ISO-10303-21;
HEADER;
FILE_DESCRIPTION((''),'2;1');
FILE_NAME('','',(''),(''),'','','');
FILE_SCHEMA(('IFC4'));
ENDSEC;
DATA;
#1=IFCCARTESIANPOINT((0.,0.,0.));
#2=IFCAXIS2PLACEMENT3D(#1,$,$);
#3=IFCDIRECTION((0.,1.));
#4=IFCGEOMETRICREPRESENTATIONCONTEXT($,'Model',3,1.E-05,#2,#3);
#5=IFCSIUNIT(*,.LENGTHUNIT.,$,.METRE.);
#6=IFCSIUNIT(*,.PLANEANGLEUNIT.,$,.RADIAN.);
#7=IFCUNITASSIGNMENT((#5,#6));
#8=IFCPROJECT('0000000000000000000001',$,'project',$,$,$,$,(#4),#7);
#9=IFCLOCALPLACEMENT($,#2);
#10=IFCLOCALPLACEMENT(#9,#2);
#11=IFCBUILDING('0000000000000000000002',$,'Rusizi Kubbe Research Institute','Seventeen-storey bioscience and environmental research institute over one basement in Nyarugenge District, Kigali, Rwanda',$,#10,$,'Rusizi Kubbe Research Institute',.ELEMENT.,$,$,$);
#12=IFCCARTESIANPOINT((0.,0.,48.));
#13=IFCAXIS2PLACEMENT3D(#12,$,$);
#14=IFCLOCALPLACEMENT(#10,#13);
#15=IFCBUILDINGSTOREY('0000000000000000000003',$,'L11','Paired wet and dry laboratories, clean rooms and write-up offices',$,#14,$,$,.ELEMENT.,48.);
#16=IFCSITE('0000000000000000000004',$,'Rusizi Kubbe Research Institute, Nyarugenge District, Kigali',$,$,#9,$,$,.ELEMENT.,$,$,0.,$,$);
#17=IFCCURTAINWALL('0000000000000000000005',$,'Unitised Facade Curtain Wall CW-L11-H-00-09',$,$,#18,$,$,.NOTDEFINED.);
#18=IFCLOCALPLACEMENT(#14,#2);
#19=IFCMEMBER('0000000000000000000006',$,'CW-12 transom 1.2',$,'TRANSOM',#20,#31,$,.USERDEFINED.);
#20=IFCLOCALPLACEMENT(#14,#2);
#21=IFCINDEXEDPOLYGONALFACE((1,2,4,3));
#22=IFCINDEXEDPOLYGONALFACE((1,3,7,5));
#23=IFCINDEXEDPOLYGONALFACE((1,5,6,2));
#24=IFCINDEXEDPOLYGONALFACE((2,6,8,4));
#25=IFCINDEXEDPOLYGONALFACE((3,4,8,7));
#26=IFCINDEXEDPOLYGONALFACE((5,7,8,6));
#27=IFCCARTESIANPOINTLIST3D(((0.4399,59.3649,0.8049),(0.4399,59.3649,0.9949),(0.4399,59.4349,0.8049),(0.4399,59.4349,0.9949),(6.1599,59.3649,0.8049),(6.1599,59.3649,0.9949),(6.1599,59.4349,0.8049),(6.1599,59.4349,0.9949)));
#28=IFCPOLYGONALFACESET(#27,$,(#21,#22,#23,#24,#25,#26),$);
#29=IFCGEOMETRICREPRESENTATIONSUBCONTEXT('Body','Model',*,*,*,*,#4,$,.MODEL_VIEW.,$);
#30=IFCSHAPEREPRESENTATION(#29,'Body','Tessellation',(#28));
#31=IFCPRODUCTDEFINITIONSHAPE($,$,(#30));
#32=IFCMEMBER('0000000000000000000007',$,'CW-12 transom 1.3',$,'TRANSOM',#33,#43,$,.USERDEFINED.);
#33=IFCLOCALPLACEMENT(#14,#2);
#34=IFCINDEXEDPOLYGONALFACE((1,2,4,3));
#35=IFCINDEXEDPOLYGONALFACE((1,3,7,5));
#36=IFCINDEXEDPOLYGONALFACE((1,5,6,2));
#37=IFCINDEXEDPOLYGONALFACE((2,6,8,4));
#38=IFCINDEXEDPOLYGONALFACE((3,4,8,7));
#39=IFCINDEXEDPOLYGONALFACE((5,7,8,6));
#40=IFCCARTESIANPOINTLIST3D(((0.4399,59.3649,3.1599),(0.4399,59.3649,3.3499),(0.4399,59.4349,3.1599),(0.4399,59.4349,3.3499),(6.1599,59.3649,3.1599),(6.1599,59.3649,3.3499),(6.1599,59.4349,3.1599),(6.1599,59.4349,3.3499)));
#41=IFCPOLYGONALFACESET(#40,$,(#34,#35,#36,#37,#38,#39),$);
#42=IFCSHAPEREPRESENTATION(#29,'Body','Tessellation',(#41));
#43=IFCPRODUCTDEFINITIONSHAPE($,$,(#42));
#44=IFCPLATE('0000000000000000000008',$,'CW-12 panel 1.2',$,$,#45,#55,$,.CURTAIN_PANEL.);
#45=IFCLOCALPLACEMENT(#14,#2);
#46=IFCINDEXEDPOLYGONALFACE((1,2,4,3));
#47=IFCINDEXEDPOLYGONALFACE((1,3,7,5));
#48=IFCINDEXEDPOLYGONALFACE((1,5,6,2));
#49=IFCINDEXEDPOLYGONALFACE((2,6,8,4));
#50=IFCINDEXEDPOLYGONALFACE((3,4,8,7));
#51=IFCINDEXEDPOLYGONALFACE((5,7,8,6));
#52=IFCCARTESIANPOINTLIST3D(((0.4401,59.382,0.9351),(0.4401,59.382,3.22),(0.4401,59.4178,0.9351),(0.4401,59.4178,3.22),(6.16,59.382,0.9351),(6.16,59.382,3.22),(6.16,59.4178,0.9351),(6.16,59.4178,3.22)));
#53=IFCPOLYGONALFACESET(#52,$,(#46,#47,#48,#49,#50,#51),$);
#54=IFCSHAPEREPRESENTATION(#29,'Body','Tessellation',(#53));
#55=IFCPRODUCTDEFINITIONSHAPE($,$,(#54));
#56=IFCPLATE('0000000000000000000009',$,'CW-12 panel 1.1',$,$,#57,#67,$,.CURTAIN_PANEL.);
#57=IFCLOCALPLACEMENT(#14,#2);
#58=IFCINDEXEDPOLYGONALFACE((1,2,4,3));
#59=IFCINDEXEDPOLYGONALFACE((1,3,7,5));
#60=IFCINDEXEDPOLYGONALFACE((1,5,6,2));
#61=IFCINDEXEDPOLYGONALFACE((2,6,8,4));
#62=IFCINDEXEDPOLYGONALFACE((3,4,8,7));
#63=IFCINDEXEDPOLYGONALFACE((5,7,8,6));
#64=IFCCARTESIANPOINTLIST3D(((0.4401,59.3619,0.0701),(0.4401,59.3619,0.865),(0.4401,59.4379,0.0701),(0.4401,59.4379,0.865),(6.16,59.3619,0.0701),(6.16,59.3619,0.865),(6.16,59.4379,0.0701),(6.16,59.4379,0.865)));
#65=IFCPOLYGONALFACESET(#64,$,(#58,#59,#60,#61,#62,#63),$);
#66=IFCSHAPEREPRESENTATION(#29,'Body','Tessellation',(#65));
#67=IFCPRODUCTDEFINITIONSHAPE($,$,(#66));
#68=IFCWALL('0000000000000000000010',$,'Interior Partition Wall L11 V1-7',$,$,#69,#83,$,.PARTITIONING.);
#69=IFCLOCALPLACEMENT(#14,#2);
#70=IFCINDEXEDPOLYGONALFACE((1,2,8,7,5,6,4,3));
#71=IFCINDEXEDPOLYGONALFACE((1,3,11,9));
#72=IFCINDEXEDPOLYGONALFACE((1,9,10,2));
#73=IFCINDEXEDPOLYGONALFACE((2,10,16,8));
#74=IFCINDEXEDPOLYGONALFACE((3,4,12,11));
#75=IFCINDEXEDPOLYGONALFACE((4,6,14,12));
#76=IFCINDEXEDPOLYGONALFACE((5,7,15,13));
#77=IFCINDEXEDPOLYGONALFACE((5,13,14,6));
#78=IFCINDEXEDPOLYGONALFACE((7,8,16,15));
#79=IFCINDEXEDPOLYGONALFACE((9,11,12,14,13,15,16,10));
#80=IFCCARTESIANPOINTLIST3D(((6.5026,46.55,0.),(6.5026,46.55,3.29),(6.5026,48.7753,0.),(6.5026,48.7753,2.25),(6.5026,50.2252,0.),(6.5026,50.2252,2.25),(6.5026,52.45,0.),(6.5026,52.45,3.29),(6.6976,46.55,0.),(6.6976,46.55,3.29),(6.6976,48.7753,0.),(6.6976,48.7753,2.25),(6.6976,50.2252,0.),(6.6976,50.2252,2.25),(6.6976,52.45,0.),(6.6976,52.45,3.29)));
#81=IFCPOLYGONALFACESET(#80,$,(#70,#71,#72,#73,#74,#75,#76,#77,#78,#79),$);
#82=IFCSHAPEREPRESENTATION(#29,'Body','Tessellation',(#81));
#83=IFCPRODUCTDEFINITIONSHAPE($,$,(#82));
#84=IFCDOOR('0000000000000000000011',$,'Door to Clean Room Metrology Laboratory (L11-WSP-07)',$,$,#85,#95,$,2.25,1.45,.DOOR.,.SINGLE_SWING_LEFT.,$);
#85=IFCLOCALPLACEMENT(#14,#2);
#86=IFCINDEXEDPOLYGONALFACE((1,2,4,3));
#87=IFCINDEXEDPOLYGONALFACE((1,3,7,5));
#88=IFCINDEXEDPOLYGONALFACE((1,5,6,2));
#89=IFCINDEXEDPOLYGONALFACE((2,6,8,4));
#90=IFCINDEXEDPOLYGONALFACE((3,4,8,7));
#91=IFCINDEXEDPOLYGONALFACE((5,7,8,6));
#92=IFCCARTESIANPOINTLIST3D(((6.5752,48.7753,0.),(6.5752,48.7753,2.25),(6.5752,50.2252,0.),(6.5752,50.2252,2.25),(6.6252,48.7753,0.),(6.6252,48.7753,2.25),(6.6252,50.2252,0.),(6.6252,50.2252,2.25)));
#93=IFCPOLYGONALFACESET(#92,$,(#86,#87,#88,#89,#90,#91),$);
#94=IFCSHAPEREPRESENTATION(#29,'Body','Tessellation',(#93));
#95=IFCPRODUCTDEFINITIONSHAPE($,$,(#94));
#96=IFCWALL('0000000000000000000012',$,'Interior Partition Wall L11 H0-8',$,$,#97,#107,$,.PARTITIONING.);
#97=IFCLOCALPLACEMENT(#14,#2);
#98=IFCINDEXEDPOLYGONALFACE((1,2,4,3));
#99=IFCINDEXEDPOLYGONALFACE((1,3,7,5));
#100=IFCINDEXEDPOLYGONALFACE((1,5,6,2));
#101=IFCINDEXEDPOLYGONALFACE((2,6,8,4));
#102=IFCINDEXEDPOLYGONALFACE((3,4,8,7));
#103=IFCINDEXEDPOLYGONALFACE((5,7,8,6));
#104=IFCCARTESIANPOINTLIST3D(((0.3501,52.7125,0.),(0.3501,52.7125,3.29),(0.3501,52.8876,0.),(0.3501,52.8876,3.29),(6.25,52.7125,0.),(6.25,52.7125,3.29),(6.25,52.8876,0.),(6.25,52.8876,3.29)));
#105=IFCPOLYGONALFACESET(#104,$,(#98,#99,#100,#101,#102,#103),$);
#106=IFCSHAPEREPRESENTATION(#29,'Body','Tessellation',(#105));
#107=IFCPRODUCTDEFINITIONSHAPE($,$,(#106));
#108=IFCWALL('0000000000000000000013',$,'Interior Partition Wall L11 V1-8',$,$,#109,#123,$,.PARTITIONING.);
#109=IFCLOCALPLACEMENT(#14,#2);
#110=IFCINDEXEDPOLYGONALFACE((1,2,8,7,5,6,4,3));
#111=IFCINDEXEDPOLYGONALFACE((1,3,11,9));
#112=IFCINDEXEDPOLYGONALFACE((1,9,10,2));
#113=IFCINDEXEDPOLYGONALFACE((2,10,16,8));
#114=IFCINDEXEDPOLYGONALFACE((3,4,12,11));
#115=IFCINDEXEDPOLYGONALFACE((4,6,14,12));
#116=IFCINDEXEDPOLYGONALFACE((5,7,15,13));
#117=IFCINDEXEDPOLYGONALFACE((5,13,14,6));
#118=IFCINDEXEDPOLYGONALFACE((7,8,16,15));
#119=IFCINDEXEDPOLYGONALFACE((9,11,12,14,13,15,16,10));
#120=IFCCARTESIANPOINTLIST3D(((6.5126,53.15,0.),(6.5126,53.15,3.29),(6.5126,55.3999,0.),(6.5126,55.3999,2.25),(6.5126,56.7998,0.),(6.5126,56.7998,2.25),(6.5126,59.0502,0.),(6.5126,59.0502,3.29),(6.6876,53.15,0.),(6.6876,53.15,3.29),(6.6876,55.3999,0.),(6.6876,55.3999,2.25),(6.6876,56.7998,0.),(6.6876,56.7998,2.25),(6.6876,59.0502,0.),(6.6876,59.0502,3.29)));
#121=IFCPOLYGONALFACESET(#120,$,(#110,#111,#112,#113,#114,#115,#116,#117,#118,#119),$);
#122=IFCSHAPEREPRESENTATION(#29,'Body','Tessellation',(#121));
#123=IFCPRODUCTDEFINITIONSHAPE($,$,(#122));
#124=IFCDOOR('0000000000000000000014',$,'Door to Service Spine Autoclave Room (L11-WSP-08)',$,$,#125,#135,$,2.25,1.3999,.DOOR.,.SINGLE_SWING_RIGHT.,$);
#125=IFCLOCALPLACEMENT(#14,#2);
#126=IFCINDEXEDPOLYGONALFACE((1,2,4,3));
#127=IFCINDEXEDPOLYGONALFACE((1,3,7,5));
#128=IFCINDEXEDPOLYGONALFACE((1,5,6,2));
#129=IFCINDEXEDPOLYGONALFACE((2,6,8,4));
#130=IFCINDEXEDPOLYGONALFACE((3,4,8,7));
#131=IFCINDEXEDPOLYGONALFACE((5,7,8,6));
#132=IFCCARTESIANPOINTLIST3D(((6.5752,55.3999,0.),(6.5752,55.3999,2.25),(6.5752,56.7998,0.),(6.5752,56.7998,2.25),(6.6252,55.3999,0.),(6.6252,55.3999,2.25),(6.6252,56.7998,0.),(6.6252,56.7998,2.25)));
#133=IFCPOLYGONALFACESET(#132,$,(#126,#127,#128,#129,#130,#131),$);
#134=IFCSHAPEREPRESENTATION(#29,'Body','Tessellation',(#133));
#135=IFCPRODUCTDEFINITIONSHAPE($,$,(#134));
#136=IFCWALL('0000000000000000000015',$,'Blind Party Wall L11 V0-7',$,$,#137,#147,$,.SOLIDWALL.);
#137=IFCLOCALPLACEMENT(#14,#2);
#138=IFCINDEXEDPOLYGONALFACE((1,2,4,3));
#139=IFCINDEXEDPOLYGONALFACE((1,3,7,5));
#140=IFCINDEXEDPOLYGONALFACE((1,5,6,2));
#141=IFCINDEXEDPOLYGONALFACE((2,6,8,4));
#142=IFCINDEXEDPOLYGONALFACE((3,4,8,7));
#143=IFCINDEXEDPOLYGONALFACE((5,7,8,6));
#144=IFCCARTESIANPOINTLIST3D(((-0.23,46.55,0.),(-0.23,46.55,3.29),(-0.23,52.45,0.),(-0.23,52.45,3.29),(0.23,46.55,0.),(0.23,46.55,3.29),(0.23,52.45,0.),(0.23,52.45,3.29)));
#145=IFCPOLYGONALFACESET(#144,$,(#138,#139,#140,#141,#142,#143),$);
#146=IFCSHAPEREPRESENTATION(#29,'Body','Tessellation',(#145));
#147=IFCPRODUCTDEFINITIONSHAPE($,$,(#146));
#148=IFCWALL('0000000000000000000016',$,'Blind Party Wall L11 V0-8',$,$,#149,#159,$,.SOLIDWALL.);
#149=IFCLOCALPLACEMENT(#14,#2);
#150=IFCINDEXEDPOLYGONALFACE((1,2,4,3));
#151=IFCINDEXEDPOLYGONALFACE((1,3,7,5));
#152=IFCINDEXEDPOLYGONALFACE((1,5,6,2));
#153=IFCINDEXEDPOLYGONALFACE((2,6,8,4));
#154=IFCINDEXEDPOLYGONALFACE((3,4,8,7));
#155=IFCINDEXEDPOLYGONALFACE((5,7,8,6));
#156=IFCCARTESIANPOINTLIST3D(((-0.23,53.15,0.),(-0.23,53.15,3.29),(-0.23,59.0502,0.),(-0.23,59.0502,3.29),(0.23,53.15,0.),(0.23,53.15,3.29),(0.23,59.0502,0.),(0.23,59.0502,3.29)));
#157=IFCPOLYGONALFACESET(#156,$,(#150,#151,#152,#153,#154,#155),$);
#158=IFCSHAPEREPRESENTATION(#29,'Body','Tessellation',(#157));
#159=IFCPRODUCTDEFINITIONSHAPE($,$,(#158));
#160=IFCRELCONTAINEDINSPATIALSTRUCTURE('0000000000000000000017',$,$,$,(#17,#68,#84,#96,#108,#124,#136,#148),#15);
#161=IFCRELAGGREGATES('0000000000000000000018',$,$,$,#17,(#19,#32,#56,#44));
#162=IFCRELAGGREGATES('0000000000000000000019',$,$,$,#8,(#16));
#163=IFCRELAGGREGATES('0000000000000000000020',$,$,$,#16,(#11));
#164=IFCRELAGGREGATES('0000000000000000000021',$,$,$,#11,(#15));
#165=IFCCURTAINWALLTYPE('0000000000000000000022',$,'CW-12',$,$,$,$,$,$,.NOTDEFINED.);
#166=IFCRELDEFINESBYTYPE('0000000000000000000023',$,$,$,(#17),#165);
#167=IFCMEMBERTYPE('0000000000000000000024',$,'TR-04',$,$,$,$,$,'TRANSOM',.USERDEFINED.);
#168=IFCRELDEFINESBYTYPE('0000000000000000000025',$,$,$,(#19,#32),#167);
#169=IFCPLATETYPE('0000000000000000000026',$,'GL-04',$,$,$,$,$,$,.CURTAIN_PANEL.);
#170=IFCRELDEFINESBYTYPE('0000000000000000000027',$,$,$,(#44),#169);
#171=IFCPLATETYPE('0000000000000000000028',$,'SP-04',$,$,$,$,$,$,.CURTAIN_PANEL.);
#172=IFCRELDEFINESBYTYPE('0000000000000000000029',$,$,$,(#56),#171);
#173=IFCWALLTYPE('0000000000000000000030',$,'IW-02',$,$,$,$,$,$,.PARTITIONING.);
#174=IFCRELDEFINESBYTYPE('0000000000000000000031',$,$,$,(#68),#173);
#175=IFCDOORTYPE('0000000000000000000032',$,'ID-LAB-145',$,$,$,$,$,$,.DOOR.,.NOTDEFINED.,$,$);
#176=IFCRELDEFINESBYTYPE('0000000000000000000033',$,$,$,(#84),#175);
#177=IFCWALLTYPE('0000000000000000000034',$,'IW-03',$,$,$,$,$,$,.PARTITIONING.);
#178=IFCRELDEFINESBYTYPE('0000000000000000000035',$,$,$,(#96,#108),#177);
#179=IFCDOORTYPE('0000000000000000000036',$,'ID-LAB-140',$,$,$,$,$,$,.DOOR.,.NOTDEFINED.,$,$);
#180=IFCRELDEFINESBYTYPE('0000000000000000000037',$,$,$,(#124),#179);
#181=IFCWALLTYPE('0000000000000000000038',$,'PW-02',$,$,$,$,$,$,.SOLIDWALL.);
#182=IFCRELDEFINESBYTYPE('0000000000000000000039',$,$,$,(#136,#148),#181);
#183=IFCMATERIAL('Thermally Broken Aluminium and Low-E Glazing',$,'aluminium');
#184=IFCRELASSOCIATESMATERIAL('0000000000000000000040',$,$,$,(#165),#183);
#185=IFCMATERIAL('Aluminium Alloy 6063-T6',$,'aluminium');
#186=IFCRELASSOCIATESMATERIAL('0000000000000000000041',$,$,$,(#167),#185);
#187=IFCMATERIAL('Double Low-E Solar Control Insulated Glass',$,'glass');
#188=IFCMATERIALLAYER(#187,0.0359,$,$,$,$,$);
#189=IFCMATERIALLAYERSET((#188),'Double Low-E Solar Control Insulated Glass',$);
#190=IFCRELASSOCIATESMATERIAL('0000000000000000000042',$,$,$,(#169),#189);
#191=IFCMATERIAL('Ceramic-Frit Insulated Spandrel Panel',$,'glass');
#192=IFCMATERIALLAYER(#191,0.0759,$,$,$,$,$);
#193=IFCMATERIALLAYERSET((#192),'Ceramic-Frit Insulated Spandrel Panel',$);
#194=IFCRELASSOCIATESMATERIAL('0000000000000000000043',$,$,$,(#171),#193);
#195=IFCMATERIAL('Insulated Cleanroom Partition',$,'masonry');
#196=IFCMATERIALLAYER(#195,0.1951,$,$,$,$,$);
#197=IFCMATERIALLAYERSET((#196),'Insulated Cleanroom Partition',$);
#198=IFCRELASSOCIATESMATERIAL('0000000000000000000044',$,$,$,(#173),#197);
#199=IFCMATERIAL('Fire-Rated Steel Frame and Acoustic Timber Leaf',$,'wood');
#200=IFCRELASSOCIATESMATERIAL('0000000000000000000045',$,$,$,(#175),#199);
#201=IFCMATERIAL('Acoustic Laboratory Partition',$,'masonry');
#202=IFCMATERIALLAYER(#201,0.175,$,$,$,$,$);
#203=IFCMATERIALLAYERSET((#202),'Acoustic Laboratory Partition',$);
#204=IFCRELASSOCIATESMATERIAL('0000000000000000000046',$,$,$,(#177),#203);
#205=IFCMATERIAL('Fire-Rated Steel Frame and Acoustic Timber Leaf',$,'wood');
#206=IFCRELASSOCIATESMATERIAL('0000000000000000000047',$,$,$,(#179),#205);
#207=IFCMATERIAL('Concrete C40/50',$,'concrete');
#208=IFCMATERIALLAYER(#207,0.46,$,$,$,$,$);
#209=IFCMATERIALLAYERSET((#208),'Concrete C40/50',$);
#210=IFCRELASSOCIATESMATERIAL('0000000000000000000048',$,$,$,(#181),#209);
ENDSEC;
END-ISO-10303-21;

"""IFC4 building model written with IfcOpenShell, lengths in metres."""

from ifc_helpers import new_model, si_unit, direction, frame, frame_2d, origin, origin_2d, place, context, subcontext, project, spatial, rectangle, extrude, material, layer, layer_set, material_profile, profile_set, type_object, element, fill, aggregate, save


model = new_model("IFC4")

# Units and contexts
model_context = context("Model", 3, precision=1e-05, world=origin(), true_north=direction((0.0, 1.0)))
body_context = subcontext(model_context, "Body", "Model", "MODEL_VIEW")
ifc_project = project(units=[si_unit("LENGTHUNIT", "METRE"), si_unit("PLANEANGLEUNIT", "RADIAN")], contexts=[model_context])

# Site, building, storey
site_placement = place(None, origin())
site = spatial("IfcSite", under=ifc_project, at=site_placement, Name="Rusizi Kubbe Research Institute, Nyarugenge District, Kigali", CompositionType="ELEMENT", RefElevation=0.0)
building_placement = place(site_placement, origin())
building = spatial("IfcBuilding", under=site, at=building_placement, Name="Rusizi Kubbe Research Institute", Description="Seventeen-storey bioscience and environmental research institute over one basement in Nyarugenge District, Kigali, Rwanda", LongName="Rusizi Kubbe Research Institute", CompositionType="ELEMENT")
storey_placement = place(building_placement, frame((0.0, 0.0, 48.0)))
storey = spatial("IfcBuildingStorey", under=building, at=storey_placement, Name="L11", Description="Paired wet and dry laboratories, clean rooms and write-up offices", CompositionType="ELEMENT", Elevation=48.0)

# Curtain wall, members, plates
ifc_material_1 = material(Name="Thermally Broken Aluminium and Low-E Glazing", Category="aluminium")
curtain_wall_type = type_object("IfcCurtainWallType", Name="CW-12", PredefinedType="NOTDEFINED", material=ifc_material_1)
curtain_wall_placement = place(storey_placement, origin())
curtain_wall = element("IfcCurtainWall", 1, at=curtain_wall_placement, inside=storey, type_object=curtain_wall_type, Name="Unitised Facade Curtain Wall CW-L11-H-00-09", PredefinedType="NOTDEFINED")
ifc_material_2 = material(Name="Aluminium Alloy 6063-T6", Category="aluminium")
ifc_material_profile_1 = material_profile(ifc_material_2, rectangle(XDim=0.0701, YDim=0.1899, at=origin_2d()), Name="ALU-T 70x190")
ifc_profile_set_1 = profile_set([ifc_material_profile_1], Name="Aluminium Alloy 6063-T6")
member_type_1 = type_object("IfcMemberType", Name="TR-04", ElementType="TRANSOM", PredefinedType="USERDEFINED", material=ifc_profile_set_1)
member_1_placement = place(storey_placement, frame((0.4399, 59.3999, 0.8999), z_axis=(1.0, 0.0, 0.0), x_axis=(0.0, 1.0, 0.0)))
member_1 = element("IfcMember", 2, at=member_1_placement, type_object=member_type_1, Name="CW-12 transom 1.2", ObjectType="TRANSOM", PredefinedType="USERDEFINED", context=body_context, shape_type="SweptSolid", body=[
    extrude(rectangle(XDim=0.0701, YDim=0.1899, at=origin_2d()), origin(), (0.0, 0.0, 1.0), 5.72),
])
member_2_placement = place(storey_placement, frame((0.4399, 59.3999, 3.2549), z_axis=(1.0, 0.0, 0.0), x_axis=(0.0, 1.0, 0.0)))
member_2 = element("IfcMember", 3, at=member_2_placement, type_object=member_type_1, Name="CW-12 transom 1.3", ObjectType="TRANSOM", PredefinedType="USERDEFINED", context=body_context, shape_type="SweptSolid", body=[
    extrude(rectangle(XDim=0.0701, YDim=0.1899, at=origin_2d()), origin(), (0.0, 0.0, 1.0), 5.72),
])
ifc_material_3 = material(Name="Double Low-E Solar Control Insulated Glass", Category="glass")
ifc_layer_1 = layer(ifc_material_3, 0.0359)
ifc_layer_set_1 = layer_set([ifc_layer_1], Name="Double Low-E Solar Control Insulated Glass")
plate_type_1 = type_object("IfcPlateType", Name="GL-04", PredefinedType="CURTAIN_PANEL", material=ifc_layer_set_1)
plate_1_placement = place(storey_placement, frame((3.3, 59.3999, 0.9351), z_axis=(0.0, 0.0, 1.0), x_axis=(1.0, 0.0, 0.0)))
plate_1 = element("IfcPlate", 4, at=plate_1_placement, type_object=plate_type_1, Name="CW-12 panel 1.2", PredefinedType="CURTAIN_PANEL", context=body_context, shape_type="SweptSolid", body=[
    extrude(rectangle(XDim=5.72, YDim=0.0359, at=origin_2d()), origin(), (0.0, 0.0, 1.0), 2.2849),
])
ifc_material_4 = material(Name="Ceramic-Frit Insulated Spandrel Panel", Category="glass")
ifc_layer_2 = layer(ifc_material_4, 0.0759)
ifc_layer_set_2 = layer_set([ifc_layer_2], Name="Ceramic-Frit Insulated Spandrel Panel")
plate_type_2 = type_object("IfcPlateType", Name="SP-04", PredefinedType="CURTAIN_PANEL", material=ifc_layer_set_2)
plate_2_placement = place(storey_placement, frame((3.3, 59.3999, 0.0701), z_axis=(0.0, 0.0, 1.0), x_axis=(1.0, 0.0, 0.0)))
plate_2 = element("IfcPlate", 5, at=plate_2_placement, type_object=plate_type_2, Name="CW-12 panel 1.1", PredefinedType="CURTAIN_PANEL", context=body_context, shape_type="SweptSolid", body=[
    extrude(rectangle(XDim=5.72, YDim=0.0759, at=origin_2d()), origin(), (0.0, 0.0, 1.0), 0.7949),
])
aggregate(curtain_wall, [member_1, member_2, plate_2, plate_1])

# Wall, opening, door
ifc_material_5 = material(Name="Insulated Cleanroom Partition", Category="masonry")
ifc_layer_3 = layer(ifc_material_5, 0.1951)
ifc_layer_set_3 = layer_set([ifc_layer_3], Name="Insulated Cleanroom Partition")
wall_type_1 = type_object("IfcWallType", Name="IW-02", PredefinedType="PARTITIONING", material=ifc_layer_set_3)
wall_1_placement = place(storey_placement, frame((6.6001, 46.55, 0.0), z_axis=(0.0, 0.0, 1.0), x_axis=(0.0, 1.0, 0.0)))
wall_1 = element("IfcWall", 6, at=wall_1_placement, inside=storey, type_object=wall_type_1, Name="Interior Partition Wall L11 V1-7", PredefinedType="PARTITIONING", context=body_context, shape_type="SweptSolid", body=[
    extrude(rectangle(XDim=5.8999, YDim=0.1951, at=frame_2d((2.95, 0.0))), origin(), (0.0, 0.0, 1.0), 3.29),
])
opening_1_placement = place(wall_1_placement, frame((2.2251, 0.0, 0.0)))
opening_1 = element("IfcOpeningElement", 7, at=opening_1_placement, cuts=wall_1, PredefinedType="OPENING", context=body_context, shape_type="SweptSolid", body=[
    extrude(rectangle(XDim=1.45, YDim=2.25, at=frame_2d((0.7251, 1.125))), frame((0.0, 0.1074, 0.0), z_axis=(0.0, -1.0, 0.0), x_axis=(1.0, 0.0, 0.0)), (0.0, 0.0, 1.0), 0.2151),
])
ifc_material_6 = material(Name="Fire-Rated Steel Frame and Acoustic Timber Leaf", Category="wood")
door_type_1 = type_object("IfcDoorType", Name="ID-LAB-145", OperationType="NOTDEFINED", PredefinedType="DOOR", material=ifc_material_6)
door_1_placement = place(opening_1_placement, origin())
door_1 = element("IfcDoor", 8, at=door_1_placement, inside=storey, type_object=door_type_1, Name="Door to Clean Room Metrology Laboratory (L11-WSP-07)", OperationType="SINGLE_SWING_LEFT", OverallHeight=2.25, OverallWidth=1.45, PredefinedType="DOOR", context=body_context, shape_type="SweptSolid", body=[
    extrude(rectangle(XDim=1.45, YDim=2.25, at=frame_2d((0.7251, 1.125))), frame((0.0, 0.0249, 0.0), z_axis=(0.0, -1.0, 0.0), x_axis=(1.0, 0.0, 0.0)), (0.0, 0.0, 1.0), 0.05),
])
fill(opening_1, door_1)

# Wall
ifc_material_7 = material(Name="Acoustic Laboratory Partition", Category="masonry")
ifc_layer_4 = layer(ifc_material_7, 0.175)
ifc_layer_set_4 = layer_set([ifc_layer_4], Name="Acoustic Laboratory Partition")
wall_type_2 = type_object("IfcWallType", Name="IW-03", PredefinedType="PARTITIONING", material=ifc_layer_set_4)
wall_2_placement = place(storey_placement, frame((0.3501, 52.8, 0.0), z_axis=(0.0, 0.0, 1.0), x_axis=(1.0, 0.0, 0.0)))
element("IfcWall", 9, at=wall_2_placement, inside=storey, type_object=wall_type_2, Name="Interior Partition Wall L11 H0-8", PredefinedType="PARTITIONING", context=body_context, shape_type="SweptSolid", body=[
    extrude(rectangle(XDim=5.8999, YDim=0.175, at=frame_2d((2.95, 0.0))), origin(), (0.0, 0.0, 1.0), 3.29),
])

# Wall, opening, door
wall_3_placement = place(storey_placement, frame((6.6001, 53.1499, 0.0), z_axis=(0.0, 0.0, 1.0), x_axis=(0.0, 1.0, 0.0)))
wall_3 = element("IfcWall", 10, at=wall_3_placement, inside=storey, type_object=wall_type_2, Name="Interior Partition Wall L11 V1-8", PredefinedType="PARTITIONING", context=body_context, shape_type="SweptSolid", body=[
    extrude(rectangle(XDim=5.9001, YDim=0.175, at=frame_2d((2.9502, 0.0))), origin(), (0.0, 0.0, 1.0), 3.29),
])
opening_2_placement = place(wall_3_placement, frame((2.25, 0.0, 0.0)))
opening_2 = element("IfcOpeningElement", 11, at=opening_2_placement, cuts=wall_3, PredefinedType="OPENING", context=body_context, shape_type="SweptSolid", body=[
    extrude(rectangle(XDim=1.3999, YDim=2.25, at=frame_2d((0.7, 1.125))), frame((0.0, 0.0974, 0.0), z_axis=(0.0, -1.0, 0.0), x_axis=(1.0, 0.0, 0.0)), (0.0, 0.0, 1.0), 0.1951),
])
ifc_material_8 = material(Name="Fire-Rated Steel Frame and Acoustic Timber Leaf", Category="wood")
door_type_2 = type_object("IfcDoorType", Name="ID-LAB-140", OperationType="NOTDEFINED", PredefinedType="DOOR", material=ifc_material_8)
door_2_placement = place(opening_2_placement, origin())
door_2 = element("IfcDoor", 12, at=door_2_placement, inside=storey, type_object=door_type_2, Name="Door to Service Spine Autoclave Room (L11-WSP-08)", OperationType="SINGLE_SWING_RIGHT", OverallHeight=2.25, OverallWidth=1.3999, PredefinedType="DOOR", context=body_context, shape_type="SweptSolid", body=[
    extrude(rectangle(XDim=1.3999, YDim=2.25, at=frame_2d((0.7, 1.125))), frame((0.0, 0.0249, 0.0), z_axis=(0.0, -1.0, 0.0), x_axis=(1.0, 0.0, 0.0)), (0.0, 0.0, 1.0), 0.05),
])
fill(opening_2, door_2)

# Walls
ifc_material_9 = material(Name="Concrete C40/50", Category="concrete")
ifc_layer_5 = layer(ifc_material_9, 0.46)
ifc_layer_set_5 = layer_set([ifc_layer_5], Name="Concrete C40/50")
wall_type_3 = type_object("IfcWallType", Name="PW-02", PredefinedType="SOLIDWALL", material=ifc_layer_set_5)
wall_4_placement = place(storey_placement, frame((0.0, 46.55, 0.0), z_axis=(0.0, 0.0, 1.0), x_axis=(0.0, 1.0, 0.0)))
element("IfcWall", 13, at=wall_4_placement, inside=storey, type_object=wall_type_3, Name="Blind Party Wall L11 V0-7", PredefinedType="SOLIDWALL", context=body_context, shape_type="SweptSolid", body=[
    extrude(rectangle(XDim=5.8999, YDim=0.46, at=frame_2d((2.95, 0.0))), origin(), (0.0, 0.0, 1.0), 3.29),
])
wall_5_placement = place(storey_placement, frame((0.0, 53.1499, 0.0), z_axis=(0.0, 0.0, 1.0), x_axis=(0.0, 1.0, 0.0)))
element("IfcWall", 14, at=wall_5_placement, inside=storey, type_object=wall_type_3, Name="Blind Party Wall L11 V0-8", PredefinedType="SOLIDWALL", context=body_context, shape_type="SweptSolid", body=[
    extrude(rectangle(XDim=5.9001, YDim=0.46, at=frame_2d((2.9502, 0.0))), origin(), (0.0, 0.0, 1.0), 3.29),
])

save(model, "model.ifc")
